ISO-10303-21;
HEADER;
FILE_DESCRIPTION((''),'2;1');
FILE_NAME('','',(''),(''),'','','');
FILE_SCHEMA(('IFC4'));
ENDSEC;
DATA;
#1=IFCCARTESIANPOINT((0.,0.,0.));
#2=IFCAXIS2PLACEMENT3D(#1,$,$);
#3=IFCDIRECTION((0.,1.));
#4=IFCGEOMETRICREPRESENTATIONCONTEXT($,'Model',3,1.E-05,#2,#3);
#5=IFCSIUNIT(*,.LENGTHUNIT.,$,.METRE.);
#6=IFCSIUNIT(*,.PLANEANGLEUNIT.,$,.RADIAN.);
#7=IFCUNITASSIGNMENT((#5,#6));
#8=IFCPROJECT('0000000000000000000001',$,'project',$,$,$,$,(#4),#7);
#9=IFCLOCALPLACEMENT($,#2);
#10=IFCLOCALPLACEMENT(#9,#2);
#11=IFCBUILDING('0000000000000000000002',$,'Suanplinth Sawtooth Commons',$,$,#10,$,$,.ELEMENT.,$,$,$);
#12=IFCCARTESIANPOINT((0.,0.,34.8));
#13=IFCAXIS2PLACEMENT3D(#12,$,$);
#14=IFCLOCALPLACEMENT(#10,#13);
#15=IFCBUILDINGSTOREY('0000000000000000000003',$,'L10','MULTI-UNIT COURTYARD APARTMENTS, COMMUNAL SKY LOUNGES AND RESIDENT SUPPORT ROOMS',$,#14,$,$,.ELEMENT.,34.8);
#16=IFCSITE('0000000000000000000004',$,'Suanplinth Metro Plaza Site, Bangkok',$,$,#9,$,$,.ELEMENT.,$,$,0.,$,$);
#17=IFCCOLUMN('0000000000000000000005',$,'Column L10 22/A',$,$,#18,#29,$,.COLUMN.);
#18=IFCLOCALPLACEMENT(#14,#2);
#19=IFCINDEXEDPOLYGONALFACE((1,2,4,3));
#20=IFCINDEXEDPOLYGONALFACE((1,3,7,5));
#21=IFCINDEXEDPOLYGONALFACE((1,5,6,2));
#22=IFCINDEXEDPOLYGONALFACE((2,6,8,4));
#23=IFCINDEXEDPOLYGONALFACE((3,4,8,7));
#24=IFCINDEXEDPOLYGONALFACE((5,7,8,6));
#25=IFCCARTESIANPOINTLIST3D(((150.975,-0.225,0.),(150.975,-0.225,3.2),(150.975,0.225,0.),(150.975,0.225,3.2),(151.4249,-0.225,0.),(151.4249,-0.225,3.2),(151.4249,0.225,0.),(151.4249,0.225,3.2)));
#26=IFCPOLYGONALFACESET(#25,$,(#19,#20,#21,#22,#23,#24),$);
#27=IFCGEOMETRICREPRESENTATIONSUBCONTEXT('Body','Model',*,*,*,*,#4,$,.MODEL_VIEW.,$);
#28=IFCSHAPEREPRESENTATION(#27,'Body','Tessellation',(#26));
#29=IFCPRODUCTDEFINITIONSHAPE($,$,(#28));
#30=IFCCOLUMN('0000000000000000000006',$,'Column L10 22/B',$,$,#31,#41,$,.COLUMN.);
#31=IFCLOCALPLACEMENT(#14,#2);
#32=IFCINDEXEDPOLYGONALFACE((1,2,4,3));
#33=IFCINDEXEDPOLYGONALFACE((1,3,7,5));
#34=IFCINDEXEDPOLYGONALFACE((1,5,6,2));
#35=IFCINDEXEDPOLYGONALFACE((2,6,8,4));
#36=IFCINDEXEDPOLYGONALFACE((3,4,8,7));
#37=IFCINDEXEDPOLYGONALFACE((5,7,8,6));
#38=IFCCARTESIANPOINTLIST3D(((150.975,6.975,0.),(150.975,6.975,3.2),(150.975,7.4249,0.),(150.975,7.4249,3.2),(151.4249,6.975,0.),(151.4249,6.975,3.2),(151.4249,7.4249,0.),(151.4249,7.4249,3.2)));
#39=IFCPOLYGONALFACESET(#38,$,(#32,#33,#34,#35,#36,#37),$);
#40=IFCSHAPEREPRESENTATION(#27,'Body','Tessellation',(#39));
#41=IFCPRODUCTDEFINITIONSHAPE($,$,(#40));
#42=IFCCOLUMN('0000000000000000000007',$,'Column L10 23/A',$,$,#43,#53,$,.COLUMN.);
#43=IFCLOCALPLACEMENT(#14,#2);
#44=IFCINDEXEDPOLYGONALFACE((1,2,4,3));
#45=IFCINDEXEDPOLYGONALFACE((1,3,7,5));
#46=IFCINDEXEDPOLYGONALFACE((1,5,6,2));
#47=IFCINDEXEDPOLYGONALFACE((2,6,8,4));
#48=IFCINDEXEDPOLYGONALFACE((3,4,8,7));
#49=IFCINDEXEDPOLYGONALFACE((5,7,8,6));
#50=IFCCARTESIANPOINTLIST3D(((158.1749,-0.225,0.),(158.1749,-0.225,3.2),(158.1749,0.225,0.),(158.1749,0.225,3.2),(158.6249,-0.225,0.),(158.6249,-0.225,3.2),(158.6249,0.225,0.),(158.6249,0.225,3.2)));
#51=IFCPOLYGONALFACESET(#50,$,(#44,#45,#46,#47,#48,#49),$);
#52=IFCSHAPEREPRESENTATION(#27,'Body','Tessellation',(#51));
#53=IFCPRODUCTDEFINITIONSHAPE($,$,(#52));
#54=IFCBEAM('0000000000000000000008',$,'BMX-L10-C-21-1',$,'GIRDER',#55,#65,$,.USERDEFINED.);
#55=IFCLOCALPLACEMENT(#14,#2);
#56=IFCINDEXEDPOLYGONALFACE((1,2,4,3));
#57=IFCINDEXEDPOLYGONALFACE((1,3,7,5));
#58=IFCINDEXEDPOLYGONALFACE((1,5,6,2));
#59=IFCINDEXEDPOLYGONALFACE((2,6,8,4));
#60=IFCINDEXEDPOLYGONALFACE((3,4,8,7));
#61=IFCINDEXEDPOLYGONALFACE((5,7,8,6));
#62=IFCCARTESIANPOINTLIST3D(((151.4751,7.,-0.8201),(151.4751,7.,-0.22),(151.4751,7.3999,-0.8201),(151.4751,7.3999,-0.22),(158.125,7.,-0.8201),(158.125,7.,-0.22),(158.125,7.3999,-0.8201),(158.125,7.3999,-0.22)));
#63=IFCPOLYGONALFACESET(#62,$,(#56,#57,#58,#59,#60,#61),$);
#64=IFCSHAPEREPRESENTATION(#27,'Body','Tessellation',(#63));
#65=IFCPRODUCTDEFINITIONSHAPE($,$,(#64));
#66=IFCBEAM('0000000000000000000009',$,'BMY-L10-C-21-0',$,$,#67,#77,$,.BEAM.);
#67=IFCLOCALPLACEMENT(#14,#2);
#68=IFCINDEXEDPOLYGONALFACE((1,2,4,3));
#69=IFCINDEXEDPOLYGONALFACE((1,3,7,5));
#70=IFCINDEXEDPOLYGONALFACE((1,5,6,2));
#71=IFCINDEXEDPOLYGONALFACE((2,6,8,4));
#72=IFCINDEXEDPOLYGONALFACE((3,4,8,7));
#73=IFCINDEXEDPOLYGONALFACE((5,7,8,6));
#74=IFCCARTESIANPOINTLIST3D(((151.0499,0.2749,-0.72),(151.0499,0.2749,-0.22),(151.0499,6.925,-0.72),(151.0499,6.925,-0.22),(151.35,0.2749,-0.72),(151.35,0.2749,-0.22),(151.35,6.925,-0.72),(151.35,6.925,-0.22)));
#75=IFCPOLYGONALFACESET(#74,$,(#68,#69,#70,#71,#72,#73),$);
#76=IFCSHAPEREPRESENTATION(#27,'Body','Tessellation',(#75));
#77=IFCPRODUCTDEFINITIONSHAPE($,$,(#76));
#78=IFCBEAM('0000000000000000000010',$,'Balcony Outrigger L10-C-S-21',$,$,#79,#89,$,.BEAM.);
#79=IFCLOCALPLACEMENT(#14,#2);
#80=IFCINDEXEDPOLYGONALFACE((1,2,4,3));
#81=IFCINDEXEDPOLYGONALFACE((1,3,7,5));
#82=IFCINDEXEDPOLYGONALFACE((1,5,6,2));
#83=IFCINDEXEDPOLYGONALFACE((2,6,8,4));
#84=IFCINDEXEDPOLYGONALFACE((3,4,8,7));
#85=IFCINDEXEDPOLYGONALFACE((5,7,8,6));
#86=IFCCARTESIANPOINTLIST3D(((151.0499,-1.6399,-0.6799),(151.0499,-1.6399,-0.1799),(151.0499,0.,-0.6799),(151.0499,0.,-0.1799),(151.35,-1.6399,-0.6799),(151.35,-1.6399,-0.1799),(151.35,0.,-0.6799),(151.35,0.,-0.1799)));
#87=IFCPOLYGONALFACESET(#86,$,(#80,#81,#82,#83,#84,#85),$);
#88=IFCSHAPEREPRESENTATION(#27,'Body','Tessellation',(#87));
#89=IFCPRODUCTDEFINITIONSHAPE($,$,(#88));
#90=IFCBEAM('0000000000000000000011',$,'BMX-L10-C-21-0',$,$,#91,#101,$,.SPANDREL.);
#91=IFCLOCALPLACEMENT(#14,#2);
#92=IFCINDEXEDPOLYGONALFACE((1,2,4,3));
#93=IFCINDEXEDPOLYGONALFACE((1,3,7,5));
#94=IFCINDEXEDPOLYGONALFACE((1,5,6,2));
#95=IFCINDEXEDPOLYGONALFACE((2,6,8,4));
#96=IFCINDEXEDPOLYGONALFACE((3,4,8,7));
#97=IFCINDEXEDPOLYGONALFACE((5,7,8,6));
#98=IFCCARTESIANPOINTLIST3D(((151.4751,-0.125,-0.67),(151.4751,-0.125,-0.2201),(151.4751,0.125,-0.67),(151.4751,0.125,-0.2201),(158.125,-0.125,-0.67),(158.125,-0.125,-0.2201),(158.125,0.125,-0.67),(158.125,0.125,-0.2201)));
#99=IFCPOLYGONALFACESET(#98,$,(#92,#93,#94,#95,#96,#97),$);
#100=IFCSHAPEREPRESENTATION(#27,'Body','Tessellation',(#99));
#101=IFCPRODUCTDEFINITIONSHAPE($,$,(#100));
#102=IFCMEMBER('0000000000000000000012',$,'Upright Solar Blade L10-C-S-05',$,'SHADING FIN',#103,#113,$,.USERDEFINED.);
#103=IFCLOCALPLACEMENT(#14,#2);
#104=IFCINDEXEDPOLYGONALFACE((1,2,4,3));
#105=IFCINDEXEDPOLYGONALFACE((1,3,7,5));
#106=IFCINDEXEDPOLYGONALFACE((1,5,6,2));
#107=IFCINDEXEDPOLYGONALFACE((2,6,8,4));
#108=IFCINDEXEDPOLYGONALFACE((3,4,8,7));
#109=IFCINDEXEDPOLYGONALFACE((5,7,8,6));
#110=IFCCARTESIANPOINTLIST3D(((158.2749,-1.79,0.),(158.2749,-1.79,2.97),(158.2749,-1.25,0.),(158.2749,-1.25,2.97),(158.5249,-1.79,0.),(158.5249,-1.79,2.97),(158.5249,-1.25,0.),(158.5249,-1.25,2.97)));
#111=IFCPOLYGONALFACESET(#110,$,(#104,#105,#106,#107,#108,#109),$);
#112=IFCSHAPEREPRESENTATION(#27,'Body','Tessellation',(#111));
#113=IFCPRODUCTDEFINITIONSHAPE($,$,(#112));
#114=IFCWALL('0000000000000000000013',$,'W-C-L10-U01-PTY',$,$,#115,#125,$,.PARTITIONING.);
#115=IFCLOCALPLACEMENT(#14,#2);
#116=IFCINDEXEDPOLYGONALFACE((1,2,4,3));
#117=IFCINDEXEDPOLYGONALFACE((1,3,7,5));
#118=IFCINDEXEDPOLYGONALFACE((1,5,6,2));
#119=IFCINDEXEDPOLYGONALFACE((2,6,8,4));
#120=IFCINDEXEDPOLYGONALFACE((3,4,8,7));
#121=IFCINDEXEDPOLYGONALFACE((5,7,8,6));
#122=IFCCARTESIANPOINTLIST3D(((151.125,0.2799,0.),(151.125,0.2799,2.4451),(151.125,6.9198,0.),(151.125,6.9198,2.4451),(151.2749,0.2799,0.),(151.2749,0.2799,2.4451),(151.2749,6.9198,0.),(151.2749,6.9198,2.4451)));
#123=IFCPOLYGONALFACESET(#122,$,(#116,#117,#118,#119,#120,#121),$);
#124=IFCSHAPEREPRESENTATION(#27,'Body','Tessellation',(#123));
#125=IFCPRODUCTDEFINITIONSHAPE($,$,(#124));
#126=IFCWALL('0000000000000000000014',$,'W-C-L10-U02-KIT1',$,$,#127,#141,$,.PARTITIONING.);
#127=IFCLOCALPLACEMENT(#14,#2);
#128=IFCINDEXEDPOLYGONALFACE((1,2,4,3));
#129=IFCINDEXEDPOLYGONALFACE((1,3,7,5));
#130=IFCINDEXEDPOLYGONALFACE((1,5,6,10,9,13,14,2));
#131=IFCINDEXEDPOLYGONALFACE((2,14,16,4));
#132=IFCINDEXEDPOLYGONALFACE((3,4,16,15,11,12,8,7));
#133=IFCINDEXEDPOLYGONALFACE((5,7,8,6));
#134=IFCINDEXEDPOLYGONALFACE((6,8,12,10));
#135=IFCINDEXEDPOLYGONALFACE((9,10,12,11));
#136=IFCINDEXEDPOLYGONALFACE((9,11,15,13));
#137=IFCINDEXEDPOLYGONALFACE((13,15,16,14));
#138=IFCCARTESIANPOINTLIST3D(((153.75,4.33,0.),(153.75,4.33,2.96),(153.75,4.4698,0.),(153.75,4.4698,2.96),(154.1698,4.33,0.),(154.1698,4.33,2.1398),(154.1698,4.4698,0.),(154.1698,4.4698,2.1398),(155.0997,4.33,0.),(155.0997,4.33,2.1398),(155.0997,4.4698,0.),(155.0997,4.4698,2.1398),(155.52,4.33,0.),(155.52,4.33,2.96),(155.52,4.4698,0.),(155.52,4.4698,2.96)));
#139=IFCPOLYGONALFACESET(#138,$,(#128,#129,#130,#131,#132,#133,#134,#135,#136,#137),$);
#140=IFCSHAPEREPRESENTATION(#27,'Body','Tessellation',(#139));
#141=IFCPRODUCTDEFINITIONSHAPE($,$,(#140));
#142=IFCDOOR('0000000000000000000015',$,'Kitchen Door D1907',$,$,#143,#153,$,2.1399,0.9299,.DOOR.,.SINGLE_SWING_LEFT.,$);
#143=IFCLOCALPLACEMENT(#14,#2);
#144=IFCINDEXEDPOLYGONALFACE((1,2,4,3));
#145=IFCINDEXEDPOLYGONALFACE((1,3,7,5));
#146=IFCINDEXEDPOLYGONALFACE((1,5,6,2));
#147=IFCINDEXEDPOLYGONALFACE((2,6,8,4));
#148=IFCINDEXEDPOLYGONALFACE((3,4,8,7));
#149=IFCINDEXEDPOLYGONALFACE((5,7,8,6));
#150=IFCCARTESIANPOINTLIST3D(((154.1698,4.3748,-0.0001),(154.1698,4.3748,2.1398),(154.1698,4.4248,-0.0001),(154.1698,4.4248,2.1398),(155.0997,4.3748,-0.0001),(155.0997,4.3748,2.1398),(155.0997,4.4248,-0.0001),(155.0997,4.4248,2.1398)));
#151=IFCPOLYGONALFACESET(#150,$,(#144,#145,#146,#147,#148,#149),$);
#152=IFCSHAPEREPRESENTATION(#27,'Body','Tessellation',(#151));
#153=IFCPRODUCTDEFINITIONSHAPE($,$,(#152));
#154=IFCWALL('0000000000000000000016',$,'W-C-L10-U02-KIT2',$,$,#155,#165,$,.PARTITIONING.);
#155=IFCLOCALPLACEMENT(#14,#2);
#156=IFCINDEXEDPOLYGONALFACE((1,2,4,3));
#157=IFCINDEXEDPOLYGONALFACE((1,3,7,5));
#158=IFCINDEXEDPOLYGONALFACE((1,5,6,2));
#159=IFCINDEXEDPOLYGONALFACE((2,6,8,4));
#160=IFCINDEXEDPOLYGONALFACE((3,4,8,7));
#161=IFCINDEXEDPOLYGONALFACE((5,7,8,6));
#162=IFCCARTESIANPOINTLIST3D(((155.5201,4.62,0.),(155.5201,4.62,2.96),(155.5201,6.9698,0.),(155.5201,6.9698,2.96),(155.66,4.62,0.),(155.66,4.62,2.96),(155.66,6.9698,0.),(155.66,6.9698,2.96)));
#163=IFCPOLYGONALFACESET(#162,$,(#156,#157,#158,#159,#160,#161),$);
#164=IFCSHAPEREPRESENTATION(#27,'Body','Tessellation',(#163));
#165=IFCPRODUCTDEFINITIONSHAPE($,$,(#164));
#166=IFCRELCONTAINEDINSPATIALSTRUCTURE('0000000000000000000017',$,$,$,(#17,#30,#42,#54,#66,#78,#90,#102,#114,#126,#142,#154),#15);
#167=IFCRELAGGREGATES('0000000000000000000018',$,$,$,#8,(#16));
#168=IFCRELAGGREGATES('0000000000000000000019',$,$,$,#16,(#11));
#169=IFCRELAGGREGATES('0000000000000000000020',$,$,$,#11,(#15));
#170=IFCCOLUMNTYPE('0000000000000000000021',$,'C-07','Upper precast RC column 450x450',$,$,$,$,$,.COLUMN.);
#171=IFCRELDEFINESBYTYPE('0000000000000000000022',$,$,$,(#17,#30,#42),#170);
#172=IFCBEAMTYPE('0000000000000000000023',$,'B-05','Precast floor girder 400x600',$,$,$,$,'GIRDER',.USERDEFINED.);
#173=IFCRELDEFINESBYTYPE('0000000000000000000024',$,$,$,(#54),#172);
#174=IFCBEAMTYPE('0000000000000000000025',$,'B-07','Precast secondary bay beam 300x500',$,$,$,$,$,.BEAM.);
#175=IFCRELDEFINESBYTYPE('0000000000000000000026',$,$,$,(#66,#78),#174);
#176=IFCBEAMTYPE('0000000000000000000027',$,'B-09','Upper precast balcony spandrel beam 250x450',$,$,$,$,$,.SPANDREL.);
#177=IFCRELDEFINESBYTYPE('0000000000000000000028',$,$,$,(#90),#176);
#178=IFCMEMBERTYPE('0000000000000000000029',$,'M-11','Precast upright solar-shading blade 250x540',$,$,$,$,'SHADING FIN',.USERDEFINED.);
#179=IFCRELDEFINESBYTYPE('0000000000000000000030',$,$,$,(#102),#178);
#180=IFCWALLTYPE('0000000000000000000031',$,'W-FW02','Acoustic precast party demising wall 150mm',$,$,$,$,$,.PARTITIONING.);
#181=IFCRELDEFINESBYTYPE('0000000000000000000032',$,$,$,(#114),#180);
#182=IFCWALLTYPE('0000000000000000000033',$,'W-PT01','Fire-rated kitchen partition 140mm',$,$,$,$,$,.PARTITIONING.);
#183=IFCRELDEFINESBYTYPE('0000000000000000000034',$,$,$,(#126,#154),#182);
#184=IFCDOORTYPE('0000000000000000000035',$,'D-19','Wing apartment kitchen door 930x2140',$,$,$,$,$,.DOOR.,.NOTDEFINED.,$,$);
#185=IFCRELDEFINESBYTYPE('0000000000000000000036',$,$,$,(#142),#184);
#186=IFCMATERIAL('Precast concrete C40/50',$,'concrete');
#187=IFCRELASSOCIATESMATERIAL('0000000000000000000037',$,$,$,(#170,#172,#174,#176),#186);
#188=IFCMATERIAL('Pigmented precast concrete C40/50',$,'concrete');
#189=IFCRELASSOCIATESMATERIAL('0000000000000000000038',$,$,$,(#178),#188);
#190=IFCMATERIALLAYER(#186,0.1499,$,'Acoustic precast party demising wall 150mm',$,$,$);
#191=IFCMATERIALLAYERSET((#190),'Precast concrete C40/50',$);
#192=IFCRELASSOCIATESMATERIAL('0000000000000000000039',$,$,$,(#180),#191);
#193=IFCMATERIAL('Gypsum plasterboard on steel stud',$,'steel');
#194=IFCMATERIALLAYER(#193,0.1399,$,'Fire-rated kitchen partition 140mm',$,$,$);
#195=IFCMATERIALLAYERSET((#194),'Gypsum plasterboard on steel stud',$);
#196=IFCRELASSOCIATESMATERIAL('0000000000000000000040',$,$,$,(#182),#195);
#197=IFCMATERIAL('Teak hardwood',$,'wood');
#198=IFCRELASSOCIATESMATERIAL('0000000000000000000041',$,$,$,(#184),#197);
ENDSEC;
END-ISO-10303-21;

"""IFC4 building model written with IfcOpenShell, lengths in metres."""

from ifc_helpers import new_model, si_unit, direction, frame, frame_2d, origin, origin_2d, place, context, subcontext, project, spatial, rectangle, extrude, material, layer, layer_set, material_profile, profile_set, type_object, element, fill, save


model = new_model("IFC4")

# Units and contexts
model_context = context("Model", 3, precision=1e-05, world=origin(), true_north=direction((0.0, 1.0)))
body_context = subcontext(model_context, "Body", "Model", "MODEL_VIEW")
ifc_project = project(units=[si_unit("LENGTHUNIT", "METRE"), si_unit("PLANEANGLEUNIT", "RADIAN")], contexts=[model_context])

# Site, building, storey
site_placement = place(None, origin())
site = spatial("IfcSite", under=ifc_project, at=site_placement, Name="Suanplinth Metro Plaza Site, Bangkok", CompositionType="ELEMENT", RefElevation=0.0)
building_placement = place(site_placement, origin())
building = spatial("IfcBuilding", under=site, at=building_placement, Name="Suanplinth Sawtooth Commons", CompositionType="ELEMENT")
storey_placement = place(building_placement, frame((0.0, 0.0, 34.8)))
storey = spatial("IfcBuildingStorey", under=building, at=storey_placement, Name="L10", Description="MULTI-UNIT COURTYARD APARTMENTS, COMMUNAL SKY LOUNGES AND RESIDENT SUPPORT ROOMS", CompositionType="ELEMENT", Elevation=34.8)

# Columns
ifc_material_1 = material(Name="Precast concrete C40/50", Category="concrete")
ifc_material_profile_1 = material_profile(ifc_material_1, rectangle(XDim=0.45, YDim=0.45, at=origin_2d()), Name="PC-COL 450x450")
ifc_profile_set_1 = profile_set([ifc_material_profile_1], Name="Precast concrete C40/50")
column_type = type_object("IfcColumnType", Name="C-07", Description="Upper precast RC column 450x450", PredefinedType="COLUMN", material=ifc_profile_set_1)
for number, where, z_axis, x_axis, name in (
    (1, (151.2, 0.0, 0.0), (0.0, 0.0, 1.0), (1.0, 0.0, 0.0), "Column L10 22/A"),
    (2, (151.2, 7.2, 0.0), (0.0, 0.0, 1.0), (1.0, 0.0, 0.0), "Column L10 22/B"),
    (3, (158.3999, 0.0, 0.0), (0.0, 0.0, 1.0), (1.0, 0.0, 0.0), "Column L10 23/A"),
):
    element("IfcColumn", number, at=place(storey_placement, frame(where, z_axis=z_axis, x_axis=x_axis)), inside=storey, type_object=column_type, Name=name, PredefinedType="COLUMN", context=body_context, shape_type="SweptSolid", body=[
        extrude(rectangle(XDim=0.45, YDim=0.45, at=origin_2d()), origin(), (0.0, 0.0, 1.0), 3.2),
    ])

# Beams
ifc_material_profile_2 = material_profile(ifc_material_1, rectangle(XDim=0.3999, YDim=0.6001, at=origin_2d()), Name="PC-GDR 400x600")
ifc_profile_set_2 = profile_set([ifc_material_profile_2], Name="Precast concrete C40/50")
beam_type_1 = type_object("IfcBeamType", Name="B-05", Description="Precast floor girder 400x600", ElementType="GIRDER", PredefinedType="USERDEFINED", material=ifc_profile_set_2)
beam_1_placement = place(storey_placement, frame((151.4751, 7.2, -0.52), z_axis=(1.0, 0.0, 0.0), x_axis=(0.0, 1.0, 0.0)))
element("IfcBeam", 4, at=beam_1_placement, inside=storey, type_object=beam_type_1, Name="BMX-L10-C-21-1", ObjectType="GIRDER", PredefinedType="USERDEFINED", context=body_context, shape_type="SweptSolid", body=[
    extrude(rectangle(XDim=0.3999, YDim=0.6001, at=origin_2d()), origin(), (0.0, 0.0, 1.0), 6.6499),
])
ifc_material_profile_3 = material_profile(ifc_material_1, rectangle(XDim=0.3, YDim=0.5, at=origin_2d()), Name="PC-BM 300x500")
ifc_profile_set_3 = profile_set([ifc_material_profile_3], Name="Precast concrete C40/50")
beam_type_2 = type_object("IfcBeamType", Name="B-07", Description="Precast secondary bay beam 300x500", PredefinedType="BEAM", material=ifc_profile_set_3)
beam_2_placement = place(storey_placement, frame((151.2, 0.2749, -0.47), z_axis=(0.0, 1.0, 0.0), x_axis=(-1.0, 0.0, 0.0)))
element("IfcBeam", 5, at=beam_2_placement, inside=storey, type_object=beam_type_2, Name="BMY-L10-C-21-0", PredefinedType="BEAM", context=body_context, shape_type="SweptSolid", body=[
    extrude(rectangle(XDim=0.3, YDim=0.5, at=origin_2d()), origin(), (0.0, 0.0, 1.0), 6.6501),
])
beam_3_placement = place(storey_placement, frame((151.2, 0.0, -0.4299), z_axis=(0.0, -1.0, 0.0), x_axis=(1.0, 0.0, 0.0)))
element("IfcBeam", 6, at=beam_3_placement, inside=storey, type_object=beam_type_2, Name="Balcony Outrigger L10-C-S-21", PredefinedType="BEAM", context=body_context, shape_type="SweptSolid", body=[
    extrude(rectangle(XDim=0.3, YDim=0.5, at=origin_2d()), origin(), (0.0, 0.0, 1.0), 1.6399),
])
ifc_material_profile_4 = material_profile(ifc_material_1, rectangle(XDim=0.25, YDim=0.45, at=origin_2d()), Name="PC-SP 250x450")
ifc_profile_set_4 = profile_set([ifc_material_profile_4], Name="Precast concrete C40/50")
beam_type_3 = type_object("IfcBeamType", Name="B-09", Description="Upper precast balcony spandrel beam 250x450", PredefinedType="SPANDREL", material=ifc_profile_set_4)
beam_4_placement = place(storey_placement, frame((151.4751, 0.0, -0.4451), z_axis=(1.0, 0.0, 0.0), x_axis=(0.0, 1.0, 0.0)))
element("IfcBeam", 7, at=beam_4_placement, inside=storey, type_object=beam_type_3, Name="BMX-L10-C-21-0", PredefinedType="SPANDREL", context=body_context, shape_type="SweptSolid", body=[
    extrude(rectangle(XDim=0.25, YDim=0.45, at=origin_2d()), origin(), (0.0, 0.0, 1.0), 6.6499),
])

# Member
ifc_material_2 = material(Name="Pigmented precast concrete C40/50", Category="concrete")
ifc_material_profile_5 = material_profile(ifc_material_2, rectangle(XDim=0.25, YDim=0.54, at=origin_2d()), Name="PC-FIN 250x540")
ifc_profile_set_5 = profile_set([ifc_material_profile_5], Name="Pigmented precast concrete C40/50")
member_type = type_object("IfcMemberType", Name="M-11", Description="Precast upright solar-shading blade 250x540", ElementType="SHADING FIN", PredefinedType="USERDEFINED", material=ifc_profile_set_5)
member_placement = place(storey_placement, frame((158.3999, -1.52, 0.0), z_axis=(0.0, 0.0, 1.0), x_axis=(1.0, 0.0, 0.0)))
element("IfcMember", 8, at=member_placement, inside=storey, type_object=member_type, Name="Upright Solar Blade L10-C-S-05", ObjectType="SHADING FIN", PredefinedType="USERDEFINED", context=body_context, shape_type="SweptSolid", body=[
    extrude(rectangle(XDim=0.25, YDim=0.54, at=origin_2d()), origin(), (0.0, 0.0, 1.0), 2.97),
])

# Wall
ifc_layer_1 = layer(ifc_material_1, 0.1499, Name="Acoustic precast party demising wall 150mm")
ifc_layer_set_1 = layer_set([ifc_layer_1], Name="Precast concrete C40/50")
wall_type_1 = type_object("IfcWallType", Name="W-FW02", Description="Acoustic precast party demising wall 150mm", PredefinedType="PARTITIONING", material=ifc_layer_set_1)
wall_1_placement = place(storey_placement, frame((151.2, 0.28, 0.0), z_axis=(0.0, 0.0, 1.0), x_axis=(0.0, 1.0, 0.0)))
element("IfcWall", 9, at=wall_1_placement, inside=storey, type_object=wall_type_1, Name="W-C-L10-U01-PTY", PredefinedType="PARTITIONING", context=body_context, shape_type="SweptSolid", body=[
    extrude(rectangle(XDim=6.6399, YDim=0.1499, at=frame_2d((3.3198, 0.0))), origin(), (0.0, 0.0, 1.0), 2.4451),
])

# Wall, opening, door
ifc_material_3 = material(Name="Gypsum plasterboard on steel stud", Category="steel")
ifc_layer_2 = layer(ifc_material_3, 0.1399, Name="Fire-rated kitchen partition 140mm")
ifc_layer_set_2 = layer_set([ifc_layer_2], Name="Gypsum plasterboard on steel stud")
wall_type_2 = type_object("IfcWallType", Name="W-PT01", Description="Fire-rated kitchen partition 140mm", PredefinedType="PARTITIONING", material=ifc_layer_set_2)
wall_2_placement = place(storey_placement, frame((153.75, 4.3999, 0.0), z_axis=(0.0, 0.0, 1.0), x_axis=(1.0, 0.0, 0.0)))
wall_2 = element("IfcWall", 10, at=wall_2_placement, inside=storey, type_object=wall_type_2, Name="W-C-L10-U02-KIT1", PredefinedType="PARTITIONING", context=body_context, shape_type="SweptSolid", body=[
    extrude(rectangle(XDim=1.77, YDim=0.1399, at=frame_2d((0.885, 0.0))), origin(), (0.0, 0.0, 1.0), 2.96),
])
opening_1_placement = place(wall_2_placement, frame((0.4199, 0.0, 0.0)))
opening_1 = element("IfcOpeningElement", 11, at=opening_1_placement, cuts=wall_2, PredefinedType="OPENING", context=body_context, shape_type="SweptSolid", body=[
    extrude(rectangle(XDim=0.9299, YDim=2.1399, at=frame_2d((0.4648, 1.0698))), frame((0.0, 0.085, 0.0), z_axis=(0.0, -1.0, 0.0), x_axis=(1.0, 0.0, 0.0)), (0.0, 0.0, 1.0), 0.1697),
])
ifc_material_4 = material(Name="Teak hardwood", Category="wood")
door_type_1 = type_object("IfcDoorType", Name="D-19", Description="Wing apartment kitchen door 930x2140", OperationType="NOTDEFINED", PredefinedType="DOOR", material=ifc_material_4)
door_1_placement = place(opening_1_placement, origin())
door_1 = element("IfcDoor", 12, at=door_1_placement, inside=storey, type_object=door_type_1, Name="Kitchen Door D1907", OperationType="SINGLE_SWING_LEFT", OverallHeight=2.1399, OverallWidth=0.9299, PredefinedType="DOOR", context=body_context, shape_type="SweptSolid", body=[
    extrude(rectangle(XDim=0.9299, YDim=2.1399, at=frame_2d((0.4648, 1.0698))), frame((0.0, 0.0249, 0.0), z_axis=(0.0, -1.0, 0.0), x_axis=(1.0, 0.0, 0.0)), (0.0, 0.0, 1.0), 0.05),
])
fill(opening_1, door_1)

# Wall
wall_3_placement = place(storey_placement, frame((155.5901, 4.6201, 0.0), z_axis=(0.0, 0.0, 1.0), x_axis=(0.0, 1.0, 0.0)))
element("IfcWall", 13, at=wall_3_placement, inside=storey, type_object=wall_type_2, Name="W-C-L10-U02-KIT2", PredefinedType="PARTITIONING", context=body_context, shape_type="SweptSolid", body=[
    extrude(rectangle(XDim=2.3499, YDim=0.1399, at=frame_2d((1.1748, 0.0))), origin(), (0.0, 0.0, 1.0), 2.96),
])

save(model, "model.ifc")
